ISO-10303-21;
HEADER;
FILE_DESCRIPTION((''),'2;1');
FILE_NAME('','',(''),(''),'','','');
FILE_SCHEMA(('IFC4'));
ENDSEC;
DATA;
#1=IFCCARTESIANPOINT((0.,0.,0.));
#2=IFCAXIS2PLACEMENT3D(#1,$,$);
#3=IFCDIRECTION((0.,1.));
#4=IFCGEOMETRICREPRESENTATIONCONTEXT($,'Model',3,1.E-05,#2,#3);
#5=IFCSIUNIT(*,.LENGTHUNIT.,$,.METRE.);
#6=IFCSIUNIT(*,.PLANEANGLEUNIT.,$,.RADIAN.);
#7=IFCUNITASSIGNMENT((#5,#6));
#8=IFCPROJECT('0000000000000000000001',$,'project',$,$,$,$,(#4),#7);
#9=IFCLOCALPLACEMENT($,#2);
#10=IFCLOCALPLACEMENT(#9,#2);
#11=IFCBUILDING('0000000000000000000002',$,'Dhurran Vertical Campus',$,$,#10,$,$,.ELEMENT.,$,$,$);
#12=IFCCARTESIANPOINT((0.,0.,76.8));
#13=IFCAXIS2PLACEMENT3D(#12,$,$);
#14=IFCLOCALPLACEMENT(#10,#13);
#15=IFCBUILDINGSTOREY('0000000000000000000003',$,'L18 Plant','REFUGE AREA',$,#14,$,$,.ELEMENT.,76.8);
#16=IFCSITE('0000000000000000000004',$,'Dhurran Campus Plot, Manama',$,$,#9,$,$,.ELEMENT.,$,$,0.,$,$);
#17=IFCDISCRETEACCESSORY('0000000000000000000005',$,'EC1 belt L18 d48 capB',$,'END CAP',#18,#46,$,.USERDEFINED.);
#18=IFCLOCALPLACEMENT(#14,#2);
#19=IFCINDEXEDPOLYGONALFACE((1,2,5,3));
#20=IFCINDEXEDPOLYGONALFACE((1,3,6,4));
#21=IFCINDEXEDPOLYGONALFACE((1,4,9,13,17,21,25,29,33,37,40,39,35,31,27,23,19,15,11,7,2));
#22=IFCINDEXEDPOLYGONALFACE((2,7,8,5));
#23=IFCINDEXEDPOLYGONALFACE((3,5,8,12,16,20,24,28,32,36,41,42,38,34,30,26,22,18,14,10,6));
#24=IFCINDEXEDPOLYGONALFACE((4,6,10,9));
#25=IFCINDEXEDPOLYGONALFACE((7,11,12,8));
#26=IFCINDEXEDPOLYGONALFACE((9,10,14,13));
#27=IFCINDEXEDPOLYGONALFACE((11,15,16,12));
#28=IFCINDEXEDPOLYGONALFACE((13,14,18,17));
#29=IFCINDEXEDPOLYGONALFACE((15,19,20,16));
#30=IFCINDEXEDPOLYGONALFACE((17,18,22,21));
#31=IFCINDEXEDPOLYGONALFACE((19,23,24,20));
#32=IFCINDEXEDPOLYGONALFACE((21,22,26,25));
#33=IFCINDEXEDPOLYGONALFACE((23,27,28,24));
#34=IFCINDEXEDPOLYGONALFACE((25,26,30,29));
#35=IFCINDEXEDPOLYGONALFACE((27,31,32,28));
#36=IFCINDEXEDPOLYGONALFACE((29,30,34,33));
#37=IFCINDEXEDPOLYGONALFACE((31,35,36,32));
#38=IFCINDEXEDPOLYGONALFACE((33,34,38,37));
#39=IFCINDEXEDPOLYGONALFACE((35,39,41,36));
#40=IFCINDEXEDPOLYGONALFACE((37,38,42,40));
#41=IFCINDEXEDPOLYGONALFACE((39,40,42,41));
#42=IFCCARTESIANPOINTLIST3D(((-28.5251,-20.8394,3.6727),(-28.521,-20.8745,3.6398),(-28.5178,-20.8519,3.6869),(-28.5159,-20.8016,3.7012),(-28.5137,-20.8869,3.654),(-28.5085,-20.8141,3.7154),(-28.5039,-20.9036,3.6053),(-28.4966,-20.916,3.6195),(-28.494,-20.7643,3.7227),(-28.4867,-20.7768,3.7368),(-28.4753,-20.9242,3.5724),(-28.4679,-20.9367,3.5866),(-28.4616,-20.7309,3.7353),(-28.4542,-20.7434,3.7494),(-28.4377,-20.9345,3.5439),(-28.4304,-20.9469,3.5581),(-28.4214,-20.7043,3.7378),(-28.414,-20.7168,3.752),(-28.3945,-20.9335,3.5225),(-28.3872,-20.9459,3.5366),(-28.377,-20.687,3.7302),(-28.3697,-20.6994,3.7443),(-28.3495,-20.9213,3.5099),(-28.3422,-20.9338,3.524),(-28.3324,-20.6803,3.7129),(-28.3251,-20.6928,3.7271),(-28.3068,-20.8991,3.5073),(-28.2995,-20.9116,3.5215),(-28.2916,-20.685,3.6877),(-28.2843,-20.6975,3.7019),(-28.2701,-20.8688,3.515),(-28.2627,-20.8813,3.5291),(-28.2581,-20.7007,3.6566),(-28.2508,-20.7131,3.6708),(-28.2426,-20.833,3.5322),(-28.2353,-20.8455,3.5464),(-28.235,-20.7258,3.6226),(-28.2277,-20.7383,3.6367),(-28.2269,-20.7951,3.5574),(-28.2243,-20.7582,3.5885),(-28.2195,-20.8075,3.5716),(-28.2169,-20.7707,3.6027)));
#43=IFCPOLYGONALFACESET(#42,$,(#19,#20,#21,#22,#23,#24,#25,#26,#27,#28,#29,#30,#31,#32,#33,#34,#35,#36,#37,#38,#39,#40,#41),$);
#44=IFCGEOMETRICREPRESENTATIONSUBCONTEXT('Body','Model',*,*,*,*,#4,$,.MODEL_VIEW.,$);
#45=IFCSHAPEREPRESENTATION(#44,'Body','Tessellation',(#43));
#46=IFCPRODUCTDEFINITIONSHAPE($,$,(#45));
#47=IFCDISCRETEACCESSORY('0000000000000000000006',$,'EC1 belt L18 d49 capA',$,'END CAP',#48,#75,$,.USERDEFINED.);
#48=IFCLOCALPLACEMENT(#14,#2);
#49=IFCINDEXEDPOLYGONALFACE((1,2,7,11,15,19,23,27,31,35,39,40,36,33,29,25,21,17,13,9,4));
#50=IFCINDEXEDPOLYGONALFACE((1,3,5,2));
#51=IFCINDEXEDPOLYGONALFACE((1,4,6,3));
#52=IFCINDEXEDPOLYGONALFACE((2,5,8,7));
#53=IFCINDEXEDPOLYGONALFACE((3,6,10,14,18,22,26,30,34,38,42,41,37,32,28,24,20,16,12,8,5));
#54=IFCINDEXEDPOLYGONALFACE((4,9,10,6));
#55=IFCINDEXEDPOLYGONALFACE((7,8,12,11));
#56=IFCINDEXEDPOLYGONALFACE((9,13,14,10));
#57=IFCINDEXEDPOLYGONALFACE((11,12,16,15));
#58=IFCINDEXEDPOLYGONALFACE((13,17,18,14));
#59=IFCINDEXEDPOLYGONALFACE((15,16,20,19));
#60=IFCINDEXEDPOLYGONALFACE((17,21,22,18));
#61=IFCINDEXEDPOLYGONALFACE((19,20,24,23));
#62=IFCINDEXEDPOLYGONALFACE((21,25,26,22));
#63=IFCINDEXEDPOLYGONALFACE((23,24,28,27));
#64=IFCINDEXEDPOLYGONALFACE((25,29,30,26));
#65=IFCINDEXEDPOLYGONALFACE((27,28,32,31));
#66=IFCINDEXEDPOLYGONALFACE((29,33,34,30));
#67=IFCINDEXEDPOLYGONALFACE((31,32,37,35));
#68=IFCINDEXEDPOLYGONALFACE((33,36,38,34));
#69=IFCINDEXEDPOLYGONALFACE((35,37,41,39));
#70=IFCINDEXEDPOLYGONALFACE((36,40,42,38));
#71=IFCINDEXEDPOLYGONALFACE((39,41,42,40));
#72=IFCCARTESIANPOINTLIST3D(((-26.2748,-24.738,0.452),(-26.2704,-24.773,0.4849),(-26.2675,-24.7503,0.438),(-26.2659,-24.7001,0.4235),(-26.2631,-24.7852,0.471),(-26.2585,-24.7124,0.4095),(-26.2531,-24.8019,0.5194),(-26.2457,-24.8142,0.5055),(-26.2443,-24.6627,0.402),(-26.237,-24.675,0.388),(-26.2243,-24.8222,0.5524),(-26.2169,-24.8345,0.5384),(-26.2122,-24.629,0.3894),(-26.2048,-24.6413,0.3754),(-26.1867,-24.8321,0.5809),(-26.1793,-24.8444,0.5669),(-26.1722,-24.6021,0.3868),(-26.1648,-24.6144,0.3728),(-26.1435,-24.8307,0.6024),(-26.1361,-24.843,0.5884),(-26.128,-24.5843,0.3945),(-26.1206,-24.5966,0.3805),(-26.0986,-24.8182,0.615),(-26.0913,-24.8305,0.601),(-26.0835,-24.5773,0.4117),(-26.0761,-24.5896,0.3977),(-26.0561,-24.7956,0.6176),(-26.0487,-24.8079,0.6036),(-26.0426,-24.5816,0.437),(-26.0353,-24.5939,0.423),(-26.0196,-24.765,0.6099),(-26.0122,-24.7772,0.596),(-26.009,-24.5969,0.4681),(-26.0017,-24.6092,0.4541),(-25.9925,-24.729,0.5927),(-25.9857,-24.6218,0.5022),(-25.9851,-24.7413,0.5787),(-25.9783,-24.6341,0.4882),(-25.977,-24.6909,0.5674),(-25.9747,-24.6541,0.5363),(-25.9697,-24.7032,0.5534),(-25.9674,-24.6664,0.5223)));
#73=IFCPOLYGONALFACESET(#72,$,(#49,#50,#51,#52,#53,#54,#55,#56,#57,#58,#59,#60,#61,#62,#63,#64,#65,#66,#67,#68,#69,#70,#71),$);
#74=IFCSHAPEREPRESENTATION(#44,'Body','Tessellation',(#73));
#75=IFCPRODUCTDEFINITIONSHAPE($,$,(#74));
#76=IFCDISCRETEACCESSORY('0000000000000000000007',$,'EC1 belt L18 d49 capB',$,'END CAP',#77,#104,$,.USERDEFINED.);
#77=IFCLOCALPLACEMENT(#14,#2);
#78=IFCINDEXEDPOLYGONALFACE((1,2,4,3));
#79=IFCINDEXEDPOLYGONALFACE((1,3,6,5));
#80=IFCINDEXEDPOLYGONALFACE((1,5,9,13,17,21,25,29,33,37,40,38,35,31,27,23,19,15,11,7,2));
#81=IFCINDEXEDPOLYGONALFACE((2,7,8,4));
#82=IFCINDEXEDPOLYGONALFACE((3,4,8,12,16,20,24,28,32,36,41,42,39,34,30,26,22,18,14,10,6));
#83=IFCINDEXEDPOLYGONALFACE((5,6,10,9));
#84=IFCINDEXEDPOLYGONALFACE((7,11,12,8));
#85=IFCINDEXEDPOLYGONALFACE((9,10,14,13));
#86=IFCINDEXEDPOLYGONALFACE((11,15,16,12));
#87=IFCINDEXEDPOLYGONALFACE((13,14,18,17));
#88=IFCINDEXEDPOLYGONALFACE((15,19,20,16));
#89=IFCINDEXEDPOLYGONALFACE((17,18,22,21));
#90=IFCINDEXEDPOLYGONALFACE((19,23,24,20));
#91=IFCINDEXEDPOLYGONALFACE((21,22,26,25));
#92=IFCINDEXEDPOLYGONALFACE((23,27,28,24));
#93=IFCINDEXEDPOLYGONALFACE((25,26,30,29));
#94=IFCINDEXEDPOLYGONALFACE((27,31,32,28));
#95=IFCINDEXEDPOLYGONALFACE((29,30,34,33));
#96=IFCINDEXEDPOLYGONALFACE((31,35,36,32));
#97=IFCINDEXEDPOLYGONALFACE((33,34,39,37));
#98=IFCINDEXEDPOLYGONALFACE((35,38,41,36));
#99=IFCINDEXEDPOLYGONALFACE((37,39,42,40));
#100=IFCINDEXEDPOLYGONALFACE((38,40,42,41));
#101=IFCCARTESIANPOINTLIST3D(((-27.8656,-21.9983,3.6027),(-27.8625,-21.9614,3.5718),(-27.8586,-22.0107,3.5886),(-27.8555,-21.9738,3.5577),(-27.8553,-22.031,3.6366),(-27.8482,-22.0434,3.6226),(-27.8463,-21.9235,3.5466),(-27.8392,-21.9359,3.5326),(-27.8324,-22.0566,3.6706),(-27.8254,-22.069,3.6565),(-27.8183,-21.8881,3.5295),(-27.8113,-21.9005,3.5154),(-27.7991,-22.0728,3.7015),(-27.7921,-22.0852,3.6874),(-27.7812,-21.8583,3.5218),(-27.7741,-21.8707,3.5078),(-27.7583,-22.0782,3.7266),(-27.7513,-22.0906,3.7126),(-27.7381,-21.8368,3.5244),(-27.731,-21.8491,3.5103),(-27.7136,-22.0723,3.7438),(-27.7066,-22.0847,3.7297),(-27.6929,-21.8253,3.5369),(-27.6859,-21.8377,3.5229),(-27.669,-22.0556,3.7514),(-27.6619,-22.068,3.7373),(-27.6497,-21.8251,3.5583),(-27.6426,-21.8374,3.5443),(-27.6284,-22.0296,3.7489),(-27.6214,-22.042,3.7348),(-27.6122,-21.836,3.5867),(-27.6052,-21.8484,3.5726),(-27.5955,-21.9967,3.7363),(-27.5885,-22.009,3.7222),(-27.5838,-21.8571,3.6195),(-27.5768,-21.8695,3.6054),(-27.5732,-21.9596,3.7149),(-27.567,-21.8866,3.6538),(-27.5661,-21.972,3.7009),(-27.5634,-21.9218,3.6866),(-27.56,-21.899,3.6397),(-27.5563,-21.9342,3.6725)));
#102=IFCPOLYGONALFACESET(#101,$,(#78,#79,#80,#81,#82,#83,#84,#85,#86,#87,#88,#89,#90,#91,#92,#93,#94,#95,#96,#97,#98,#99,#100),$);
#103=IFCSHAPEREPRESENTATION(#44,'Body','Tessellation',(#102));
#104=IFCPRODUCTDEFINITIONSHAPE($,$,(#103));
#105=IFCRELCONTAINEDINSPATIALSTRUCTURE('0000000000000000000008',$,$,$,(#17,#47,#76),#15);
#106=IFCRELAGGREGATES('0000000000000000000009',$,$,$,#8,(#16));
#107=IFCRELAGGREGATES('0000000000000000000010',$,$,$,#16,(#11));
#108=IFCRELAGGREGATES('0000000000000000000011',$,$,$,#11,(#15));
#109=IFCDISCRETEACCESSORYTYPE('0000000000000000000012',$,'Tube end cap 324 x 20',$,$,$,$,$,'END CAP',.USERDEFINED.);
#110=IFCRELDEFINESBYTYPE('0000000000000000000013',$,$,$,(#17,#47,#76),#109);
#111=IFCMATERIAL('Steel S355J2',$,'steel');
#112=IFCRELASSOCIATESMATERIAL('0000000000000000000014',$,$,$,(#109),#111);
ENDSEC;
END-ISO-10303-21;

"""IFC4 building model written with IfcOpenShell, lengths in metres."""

from ifc_helpers import new_model, si_unit, direction, frame, origin, origin_2d, place, context, subcontext, project, spatial, circle, extrude, material, material_profile, profile_set, type_object, element, save


model = new_model("IFC4")

# Units and contexts
model_context = context("Model", 3, precision=1e-05, world=origin(), true_north=direction((0.0, 1.0)))
body_context = subcontext(model_context, "Body", "Model", "MODEL_VIEW")
ifc_project = project(units=[si_unit("LENGTHUNIT", "METRE"), si_unit("PLANEANGLEUNIT", "RADIAN")], contexts=[model_context])

# Site, building, storey
site_placement = place(None, origin())
site = spatial("IfcSite", under=ifc_project, at=site_placement, Name="Dhurran Campus Plot, Manama", CompositionType="ELEMENT", RefElevation=0.0)
building_placement = place(site_placement, origin())
building = spatial("IfcBuilding", under=site, at=building_placement, Name="Dhurran Vertical Campus", CompositionType="ELEMENT")
storey_placement = place(building_placement, frame((0.0, 0.0, 76.8)))
storey = spatial("IfcBuildingStorey", under=building, at=storey_placement, Name="L18 Plant", Description="REFUGE AREA", CompositionType="ELEMENT", Elevation=76.8)

# Discrete accessories
ifc_material_1 = material(Name="Steel S355J2", Category="steel")
ifc_material_profile_1 = material_profile(ifc_material_1, circle(Radius=0.1619, at=origin_2d()), Name="Tube end cap 324 x 20")
ifc_profile_set_1 = profile_set([ifc_material_profile_1], Name="Steel S355J2")
discrete_accessory_type = type_object("IfcDiscreteAccessoryType", Name="Tube end cap 324 x 20", ElementType="END CAP", PredefinedType="USERDEFINED", material=ifc_profile_set_1)
discrete_accessory_placement = place(storey_placement, frame((-28.3745, -20.8079, 3.6226), z_axis=(0.362077, -0.615531, 0.700016), x_axis=(0.861934, 0.50702, 0.0)))
element("IfcDiscreteAccessory", 1, at=discrete_accessory_placement, inside=storey, type_object=discrete_accessory_type, Name="EC1 belt L18 d48 capB", ObjectType="END CAP", PredefinedType="USERDEFINED", context=body_context, shape_type="SweptSolid", body=[
    extrude(circle(Radius=0.1619, at=origin_2d()), origin(), (0.0, 0.0, 1.0), 0.0203),
])
for number, where, z_axis, x_axis, name in (
    (2, (-26.1245, -24.7051, 0.5022), (0.367911, -0.613185, -0.699031), (0.857493, 0.514496, 0.0), "EC1 belt L18 d49 capA"),
    (3, (-27.7075, -21.9634, 3.6226), (-0.351522, 0.618193, 0.703043), (-0.86929, -0.494302, 0.0), "EC1 belt L18 d49 capB"),
):
    element("IfcDiscreteAccessory", number, at=place(storey_placement, frame(where, z_axis=z_axis, x_axis=x_axis)), inside=storey, type_object=discrete_accessory_type, Name=name, ObjectType="END CAP", PredefinedType="USERDEFINED", context=body_context, shape_type="SweptSolid", body=[
        extrude(circle(Radius=0.1619, at=origin_2d()), origin(), (0.0, 0.0, 1.0), 0.02),
    ])

save(model, "model.ifc")
